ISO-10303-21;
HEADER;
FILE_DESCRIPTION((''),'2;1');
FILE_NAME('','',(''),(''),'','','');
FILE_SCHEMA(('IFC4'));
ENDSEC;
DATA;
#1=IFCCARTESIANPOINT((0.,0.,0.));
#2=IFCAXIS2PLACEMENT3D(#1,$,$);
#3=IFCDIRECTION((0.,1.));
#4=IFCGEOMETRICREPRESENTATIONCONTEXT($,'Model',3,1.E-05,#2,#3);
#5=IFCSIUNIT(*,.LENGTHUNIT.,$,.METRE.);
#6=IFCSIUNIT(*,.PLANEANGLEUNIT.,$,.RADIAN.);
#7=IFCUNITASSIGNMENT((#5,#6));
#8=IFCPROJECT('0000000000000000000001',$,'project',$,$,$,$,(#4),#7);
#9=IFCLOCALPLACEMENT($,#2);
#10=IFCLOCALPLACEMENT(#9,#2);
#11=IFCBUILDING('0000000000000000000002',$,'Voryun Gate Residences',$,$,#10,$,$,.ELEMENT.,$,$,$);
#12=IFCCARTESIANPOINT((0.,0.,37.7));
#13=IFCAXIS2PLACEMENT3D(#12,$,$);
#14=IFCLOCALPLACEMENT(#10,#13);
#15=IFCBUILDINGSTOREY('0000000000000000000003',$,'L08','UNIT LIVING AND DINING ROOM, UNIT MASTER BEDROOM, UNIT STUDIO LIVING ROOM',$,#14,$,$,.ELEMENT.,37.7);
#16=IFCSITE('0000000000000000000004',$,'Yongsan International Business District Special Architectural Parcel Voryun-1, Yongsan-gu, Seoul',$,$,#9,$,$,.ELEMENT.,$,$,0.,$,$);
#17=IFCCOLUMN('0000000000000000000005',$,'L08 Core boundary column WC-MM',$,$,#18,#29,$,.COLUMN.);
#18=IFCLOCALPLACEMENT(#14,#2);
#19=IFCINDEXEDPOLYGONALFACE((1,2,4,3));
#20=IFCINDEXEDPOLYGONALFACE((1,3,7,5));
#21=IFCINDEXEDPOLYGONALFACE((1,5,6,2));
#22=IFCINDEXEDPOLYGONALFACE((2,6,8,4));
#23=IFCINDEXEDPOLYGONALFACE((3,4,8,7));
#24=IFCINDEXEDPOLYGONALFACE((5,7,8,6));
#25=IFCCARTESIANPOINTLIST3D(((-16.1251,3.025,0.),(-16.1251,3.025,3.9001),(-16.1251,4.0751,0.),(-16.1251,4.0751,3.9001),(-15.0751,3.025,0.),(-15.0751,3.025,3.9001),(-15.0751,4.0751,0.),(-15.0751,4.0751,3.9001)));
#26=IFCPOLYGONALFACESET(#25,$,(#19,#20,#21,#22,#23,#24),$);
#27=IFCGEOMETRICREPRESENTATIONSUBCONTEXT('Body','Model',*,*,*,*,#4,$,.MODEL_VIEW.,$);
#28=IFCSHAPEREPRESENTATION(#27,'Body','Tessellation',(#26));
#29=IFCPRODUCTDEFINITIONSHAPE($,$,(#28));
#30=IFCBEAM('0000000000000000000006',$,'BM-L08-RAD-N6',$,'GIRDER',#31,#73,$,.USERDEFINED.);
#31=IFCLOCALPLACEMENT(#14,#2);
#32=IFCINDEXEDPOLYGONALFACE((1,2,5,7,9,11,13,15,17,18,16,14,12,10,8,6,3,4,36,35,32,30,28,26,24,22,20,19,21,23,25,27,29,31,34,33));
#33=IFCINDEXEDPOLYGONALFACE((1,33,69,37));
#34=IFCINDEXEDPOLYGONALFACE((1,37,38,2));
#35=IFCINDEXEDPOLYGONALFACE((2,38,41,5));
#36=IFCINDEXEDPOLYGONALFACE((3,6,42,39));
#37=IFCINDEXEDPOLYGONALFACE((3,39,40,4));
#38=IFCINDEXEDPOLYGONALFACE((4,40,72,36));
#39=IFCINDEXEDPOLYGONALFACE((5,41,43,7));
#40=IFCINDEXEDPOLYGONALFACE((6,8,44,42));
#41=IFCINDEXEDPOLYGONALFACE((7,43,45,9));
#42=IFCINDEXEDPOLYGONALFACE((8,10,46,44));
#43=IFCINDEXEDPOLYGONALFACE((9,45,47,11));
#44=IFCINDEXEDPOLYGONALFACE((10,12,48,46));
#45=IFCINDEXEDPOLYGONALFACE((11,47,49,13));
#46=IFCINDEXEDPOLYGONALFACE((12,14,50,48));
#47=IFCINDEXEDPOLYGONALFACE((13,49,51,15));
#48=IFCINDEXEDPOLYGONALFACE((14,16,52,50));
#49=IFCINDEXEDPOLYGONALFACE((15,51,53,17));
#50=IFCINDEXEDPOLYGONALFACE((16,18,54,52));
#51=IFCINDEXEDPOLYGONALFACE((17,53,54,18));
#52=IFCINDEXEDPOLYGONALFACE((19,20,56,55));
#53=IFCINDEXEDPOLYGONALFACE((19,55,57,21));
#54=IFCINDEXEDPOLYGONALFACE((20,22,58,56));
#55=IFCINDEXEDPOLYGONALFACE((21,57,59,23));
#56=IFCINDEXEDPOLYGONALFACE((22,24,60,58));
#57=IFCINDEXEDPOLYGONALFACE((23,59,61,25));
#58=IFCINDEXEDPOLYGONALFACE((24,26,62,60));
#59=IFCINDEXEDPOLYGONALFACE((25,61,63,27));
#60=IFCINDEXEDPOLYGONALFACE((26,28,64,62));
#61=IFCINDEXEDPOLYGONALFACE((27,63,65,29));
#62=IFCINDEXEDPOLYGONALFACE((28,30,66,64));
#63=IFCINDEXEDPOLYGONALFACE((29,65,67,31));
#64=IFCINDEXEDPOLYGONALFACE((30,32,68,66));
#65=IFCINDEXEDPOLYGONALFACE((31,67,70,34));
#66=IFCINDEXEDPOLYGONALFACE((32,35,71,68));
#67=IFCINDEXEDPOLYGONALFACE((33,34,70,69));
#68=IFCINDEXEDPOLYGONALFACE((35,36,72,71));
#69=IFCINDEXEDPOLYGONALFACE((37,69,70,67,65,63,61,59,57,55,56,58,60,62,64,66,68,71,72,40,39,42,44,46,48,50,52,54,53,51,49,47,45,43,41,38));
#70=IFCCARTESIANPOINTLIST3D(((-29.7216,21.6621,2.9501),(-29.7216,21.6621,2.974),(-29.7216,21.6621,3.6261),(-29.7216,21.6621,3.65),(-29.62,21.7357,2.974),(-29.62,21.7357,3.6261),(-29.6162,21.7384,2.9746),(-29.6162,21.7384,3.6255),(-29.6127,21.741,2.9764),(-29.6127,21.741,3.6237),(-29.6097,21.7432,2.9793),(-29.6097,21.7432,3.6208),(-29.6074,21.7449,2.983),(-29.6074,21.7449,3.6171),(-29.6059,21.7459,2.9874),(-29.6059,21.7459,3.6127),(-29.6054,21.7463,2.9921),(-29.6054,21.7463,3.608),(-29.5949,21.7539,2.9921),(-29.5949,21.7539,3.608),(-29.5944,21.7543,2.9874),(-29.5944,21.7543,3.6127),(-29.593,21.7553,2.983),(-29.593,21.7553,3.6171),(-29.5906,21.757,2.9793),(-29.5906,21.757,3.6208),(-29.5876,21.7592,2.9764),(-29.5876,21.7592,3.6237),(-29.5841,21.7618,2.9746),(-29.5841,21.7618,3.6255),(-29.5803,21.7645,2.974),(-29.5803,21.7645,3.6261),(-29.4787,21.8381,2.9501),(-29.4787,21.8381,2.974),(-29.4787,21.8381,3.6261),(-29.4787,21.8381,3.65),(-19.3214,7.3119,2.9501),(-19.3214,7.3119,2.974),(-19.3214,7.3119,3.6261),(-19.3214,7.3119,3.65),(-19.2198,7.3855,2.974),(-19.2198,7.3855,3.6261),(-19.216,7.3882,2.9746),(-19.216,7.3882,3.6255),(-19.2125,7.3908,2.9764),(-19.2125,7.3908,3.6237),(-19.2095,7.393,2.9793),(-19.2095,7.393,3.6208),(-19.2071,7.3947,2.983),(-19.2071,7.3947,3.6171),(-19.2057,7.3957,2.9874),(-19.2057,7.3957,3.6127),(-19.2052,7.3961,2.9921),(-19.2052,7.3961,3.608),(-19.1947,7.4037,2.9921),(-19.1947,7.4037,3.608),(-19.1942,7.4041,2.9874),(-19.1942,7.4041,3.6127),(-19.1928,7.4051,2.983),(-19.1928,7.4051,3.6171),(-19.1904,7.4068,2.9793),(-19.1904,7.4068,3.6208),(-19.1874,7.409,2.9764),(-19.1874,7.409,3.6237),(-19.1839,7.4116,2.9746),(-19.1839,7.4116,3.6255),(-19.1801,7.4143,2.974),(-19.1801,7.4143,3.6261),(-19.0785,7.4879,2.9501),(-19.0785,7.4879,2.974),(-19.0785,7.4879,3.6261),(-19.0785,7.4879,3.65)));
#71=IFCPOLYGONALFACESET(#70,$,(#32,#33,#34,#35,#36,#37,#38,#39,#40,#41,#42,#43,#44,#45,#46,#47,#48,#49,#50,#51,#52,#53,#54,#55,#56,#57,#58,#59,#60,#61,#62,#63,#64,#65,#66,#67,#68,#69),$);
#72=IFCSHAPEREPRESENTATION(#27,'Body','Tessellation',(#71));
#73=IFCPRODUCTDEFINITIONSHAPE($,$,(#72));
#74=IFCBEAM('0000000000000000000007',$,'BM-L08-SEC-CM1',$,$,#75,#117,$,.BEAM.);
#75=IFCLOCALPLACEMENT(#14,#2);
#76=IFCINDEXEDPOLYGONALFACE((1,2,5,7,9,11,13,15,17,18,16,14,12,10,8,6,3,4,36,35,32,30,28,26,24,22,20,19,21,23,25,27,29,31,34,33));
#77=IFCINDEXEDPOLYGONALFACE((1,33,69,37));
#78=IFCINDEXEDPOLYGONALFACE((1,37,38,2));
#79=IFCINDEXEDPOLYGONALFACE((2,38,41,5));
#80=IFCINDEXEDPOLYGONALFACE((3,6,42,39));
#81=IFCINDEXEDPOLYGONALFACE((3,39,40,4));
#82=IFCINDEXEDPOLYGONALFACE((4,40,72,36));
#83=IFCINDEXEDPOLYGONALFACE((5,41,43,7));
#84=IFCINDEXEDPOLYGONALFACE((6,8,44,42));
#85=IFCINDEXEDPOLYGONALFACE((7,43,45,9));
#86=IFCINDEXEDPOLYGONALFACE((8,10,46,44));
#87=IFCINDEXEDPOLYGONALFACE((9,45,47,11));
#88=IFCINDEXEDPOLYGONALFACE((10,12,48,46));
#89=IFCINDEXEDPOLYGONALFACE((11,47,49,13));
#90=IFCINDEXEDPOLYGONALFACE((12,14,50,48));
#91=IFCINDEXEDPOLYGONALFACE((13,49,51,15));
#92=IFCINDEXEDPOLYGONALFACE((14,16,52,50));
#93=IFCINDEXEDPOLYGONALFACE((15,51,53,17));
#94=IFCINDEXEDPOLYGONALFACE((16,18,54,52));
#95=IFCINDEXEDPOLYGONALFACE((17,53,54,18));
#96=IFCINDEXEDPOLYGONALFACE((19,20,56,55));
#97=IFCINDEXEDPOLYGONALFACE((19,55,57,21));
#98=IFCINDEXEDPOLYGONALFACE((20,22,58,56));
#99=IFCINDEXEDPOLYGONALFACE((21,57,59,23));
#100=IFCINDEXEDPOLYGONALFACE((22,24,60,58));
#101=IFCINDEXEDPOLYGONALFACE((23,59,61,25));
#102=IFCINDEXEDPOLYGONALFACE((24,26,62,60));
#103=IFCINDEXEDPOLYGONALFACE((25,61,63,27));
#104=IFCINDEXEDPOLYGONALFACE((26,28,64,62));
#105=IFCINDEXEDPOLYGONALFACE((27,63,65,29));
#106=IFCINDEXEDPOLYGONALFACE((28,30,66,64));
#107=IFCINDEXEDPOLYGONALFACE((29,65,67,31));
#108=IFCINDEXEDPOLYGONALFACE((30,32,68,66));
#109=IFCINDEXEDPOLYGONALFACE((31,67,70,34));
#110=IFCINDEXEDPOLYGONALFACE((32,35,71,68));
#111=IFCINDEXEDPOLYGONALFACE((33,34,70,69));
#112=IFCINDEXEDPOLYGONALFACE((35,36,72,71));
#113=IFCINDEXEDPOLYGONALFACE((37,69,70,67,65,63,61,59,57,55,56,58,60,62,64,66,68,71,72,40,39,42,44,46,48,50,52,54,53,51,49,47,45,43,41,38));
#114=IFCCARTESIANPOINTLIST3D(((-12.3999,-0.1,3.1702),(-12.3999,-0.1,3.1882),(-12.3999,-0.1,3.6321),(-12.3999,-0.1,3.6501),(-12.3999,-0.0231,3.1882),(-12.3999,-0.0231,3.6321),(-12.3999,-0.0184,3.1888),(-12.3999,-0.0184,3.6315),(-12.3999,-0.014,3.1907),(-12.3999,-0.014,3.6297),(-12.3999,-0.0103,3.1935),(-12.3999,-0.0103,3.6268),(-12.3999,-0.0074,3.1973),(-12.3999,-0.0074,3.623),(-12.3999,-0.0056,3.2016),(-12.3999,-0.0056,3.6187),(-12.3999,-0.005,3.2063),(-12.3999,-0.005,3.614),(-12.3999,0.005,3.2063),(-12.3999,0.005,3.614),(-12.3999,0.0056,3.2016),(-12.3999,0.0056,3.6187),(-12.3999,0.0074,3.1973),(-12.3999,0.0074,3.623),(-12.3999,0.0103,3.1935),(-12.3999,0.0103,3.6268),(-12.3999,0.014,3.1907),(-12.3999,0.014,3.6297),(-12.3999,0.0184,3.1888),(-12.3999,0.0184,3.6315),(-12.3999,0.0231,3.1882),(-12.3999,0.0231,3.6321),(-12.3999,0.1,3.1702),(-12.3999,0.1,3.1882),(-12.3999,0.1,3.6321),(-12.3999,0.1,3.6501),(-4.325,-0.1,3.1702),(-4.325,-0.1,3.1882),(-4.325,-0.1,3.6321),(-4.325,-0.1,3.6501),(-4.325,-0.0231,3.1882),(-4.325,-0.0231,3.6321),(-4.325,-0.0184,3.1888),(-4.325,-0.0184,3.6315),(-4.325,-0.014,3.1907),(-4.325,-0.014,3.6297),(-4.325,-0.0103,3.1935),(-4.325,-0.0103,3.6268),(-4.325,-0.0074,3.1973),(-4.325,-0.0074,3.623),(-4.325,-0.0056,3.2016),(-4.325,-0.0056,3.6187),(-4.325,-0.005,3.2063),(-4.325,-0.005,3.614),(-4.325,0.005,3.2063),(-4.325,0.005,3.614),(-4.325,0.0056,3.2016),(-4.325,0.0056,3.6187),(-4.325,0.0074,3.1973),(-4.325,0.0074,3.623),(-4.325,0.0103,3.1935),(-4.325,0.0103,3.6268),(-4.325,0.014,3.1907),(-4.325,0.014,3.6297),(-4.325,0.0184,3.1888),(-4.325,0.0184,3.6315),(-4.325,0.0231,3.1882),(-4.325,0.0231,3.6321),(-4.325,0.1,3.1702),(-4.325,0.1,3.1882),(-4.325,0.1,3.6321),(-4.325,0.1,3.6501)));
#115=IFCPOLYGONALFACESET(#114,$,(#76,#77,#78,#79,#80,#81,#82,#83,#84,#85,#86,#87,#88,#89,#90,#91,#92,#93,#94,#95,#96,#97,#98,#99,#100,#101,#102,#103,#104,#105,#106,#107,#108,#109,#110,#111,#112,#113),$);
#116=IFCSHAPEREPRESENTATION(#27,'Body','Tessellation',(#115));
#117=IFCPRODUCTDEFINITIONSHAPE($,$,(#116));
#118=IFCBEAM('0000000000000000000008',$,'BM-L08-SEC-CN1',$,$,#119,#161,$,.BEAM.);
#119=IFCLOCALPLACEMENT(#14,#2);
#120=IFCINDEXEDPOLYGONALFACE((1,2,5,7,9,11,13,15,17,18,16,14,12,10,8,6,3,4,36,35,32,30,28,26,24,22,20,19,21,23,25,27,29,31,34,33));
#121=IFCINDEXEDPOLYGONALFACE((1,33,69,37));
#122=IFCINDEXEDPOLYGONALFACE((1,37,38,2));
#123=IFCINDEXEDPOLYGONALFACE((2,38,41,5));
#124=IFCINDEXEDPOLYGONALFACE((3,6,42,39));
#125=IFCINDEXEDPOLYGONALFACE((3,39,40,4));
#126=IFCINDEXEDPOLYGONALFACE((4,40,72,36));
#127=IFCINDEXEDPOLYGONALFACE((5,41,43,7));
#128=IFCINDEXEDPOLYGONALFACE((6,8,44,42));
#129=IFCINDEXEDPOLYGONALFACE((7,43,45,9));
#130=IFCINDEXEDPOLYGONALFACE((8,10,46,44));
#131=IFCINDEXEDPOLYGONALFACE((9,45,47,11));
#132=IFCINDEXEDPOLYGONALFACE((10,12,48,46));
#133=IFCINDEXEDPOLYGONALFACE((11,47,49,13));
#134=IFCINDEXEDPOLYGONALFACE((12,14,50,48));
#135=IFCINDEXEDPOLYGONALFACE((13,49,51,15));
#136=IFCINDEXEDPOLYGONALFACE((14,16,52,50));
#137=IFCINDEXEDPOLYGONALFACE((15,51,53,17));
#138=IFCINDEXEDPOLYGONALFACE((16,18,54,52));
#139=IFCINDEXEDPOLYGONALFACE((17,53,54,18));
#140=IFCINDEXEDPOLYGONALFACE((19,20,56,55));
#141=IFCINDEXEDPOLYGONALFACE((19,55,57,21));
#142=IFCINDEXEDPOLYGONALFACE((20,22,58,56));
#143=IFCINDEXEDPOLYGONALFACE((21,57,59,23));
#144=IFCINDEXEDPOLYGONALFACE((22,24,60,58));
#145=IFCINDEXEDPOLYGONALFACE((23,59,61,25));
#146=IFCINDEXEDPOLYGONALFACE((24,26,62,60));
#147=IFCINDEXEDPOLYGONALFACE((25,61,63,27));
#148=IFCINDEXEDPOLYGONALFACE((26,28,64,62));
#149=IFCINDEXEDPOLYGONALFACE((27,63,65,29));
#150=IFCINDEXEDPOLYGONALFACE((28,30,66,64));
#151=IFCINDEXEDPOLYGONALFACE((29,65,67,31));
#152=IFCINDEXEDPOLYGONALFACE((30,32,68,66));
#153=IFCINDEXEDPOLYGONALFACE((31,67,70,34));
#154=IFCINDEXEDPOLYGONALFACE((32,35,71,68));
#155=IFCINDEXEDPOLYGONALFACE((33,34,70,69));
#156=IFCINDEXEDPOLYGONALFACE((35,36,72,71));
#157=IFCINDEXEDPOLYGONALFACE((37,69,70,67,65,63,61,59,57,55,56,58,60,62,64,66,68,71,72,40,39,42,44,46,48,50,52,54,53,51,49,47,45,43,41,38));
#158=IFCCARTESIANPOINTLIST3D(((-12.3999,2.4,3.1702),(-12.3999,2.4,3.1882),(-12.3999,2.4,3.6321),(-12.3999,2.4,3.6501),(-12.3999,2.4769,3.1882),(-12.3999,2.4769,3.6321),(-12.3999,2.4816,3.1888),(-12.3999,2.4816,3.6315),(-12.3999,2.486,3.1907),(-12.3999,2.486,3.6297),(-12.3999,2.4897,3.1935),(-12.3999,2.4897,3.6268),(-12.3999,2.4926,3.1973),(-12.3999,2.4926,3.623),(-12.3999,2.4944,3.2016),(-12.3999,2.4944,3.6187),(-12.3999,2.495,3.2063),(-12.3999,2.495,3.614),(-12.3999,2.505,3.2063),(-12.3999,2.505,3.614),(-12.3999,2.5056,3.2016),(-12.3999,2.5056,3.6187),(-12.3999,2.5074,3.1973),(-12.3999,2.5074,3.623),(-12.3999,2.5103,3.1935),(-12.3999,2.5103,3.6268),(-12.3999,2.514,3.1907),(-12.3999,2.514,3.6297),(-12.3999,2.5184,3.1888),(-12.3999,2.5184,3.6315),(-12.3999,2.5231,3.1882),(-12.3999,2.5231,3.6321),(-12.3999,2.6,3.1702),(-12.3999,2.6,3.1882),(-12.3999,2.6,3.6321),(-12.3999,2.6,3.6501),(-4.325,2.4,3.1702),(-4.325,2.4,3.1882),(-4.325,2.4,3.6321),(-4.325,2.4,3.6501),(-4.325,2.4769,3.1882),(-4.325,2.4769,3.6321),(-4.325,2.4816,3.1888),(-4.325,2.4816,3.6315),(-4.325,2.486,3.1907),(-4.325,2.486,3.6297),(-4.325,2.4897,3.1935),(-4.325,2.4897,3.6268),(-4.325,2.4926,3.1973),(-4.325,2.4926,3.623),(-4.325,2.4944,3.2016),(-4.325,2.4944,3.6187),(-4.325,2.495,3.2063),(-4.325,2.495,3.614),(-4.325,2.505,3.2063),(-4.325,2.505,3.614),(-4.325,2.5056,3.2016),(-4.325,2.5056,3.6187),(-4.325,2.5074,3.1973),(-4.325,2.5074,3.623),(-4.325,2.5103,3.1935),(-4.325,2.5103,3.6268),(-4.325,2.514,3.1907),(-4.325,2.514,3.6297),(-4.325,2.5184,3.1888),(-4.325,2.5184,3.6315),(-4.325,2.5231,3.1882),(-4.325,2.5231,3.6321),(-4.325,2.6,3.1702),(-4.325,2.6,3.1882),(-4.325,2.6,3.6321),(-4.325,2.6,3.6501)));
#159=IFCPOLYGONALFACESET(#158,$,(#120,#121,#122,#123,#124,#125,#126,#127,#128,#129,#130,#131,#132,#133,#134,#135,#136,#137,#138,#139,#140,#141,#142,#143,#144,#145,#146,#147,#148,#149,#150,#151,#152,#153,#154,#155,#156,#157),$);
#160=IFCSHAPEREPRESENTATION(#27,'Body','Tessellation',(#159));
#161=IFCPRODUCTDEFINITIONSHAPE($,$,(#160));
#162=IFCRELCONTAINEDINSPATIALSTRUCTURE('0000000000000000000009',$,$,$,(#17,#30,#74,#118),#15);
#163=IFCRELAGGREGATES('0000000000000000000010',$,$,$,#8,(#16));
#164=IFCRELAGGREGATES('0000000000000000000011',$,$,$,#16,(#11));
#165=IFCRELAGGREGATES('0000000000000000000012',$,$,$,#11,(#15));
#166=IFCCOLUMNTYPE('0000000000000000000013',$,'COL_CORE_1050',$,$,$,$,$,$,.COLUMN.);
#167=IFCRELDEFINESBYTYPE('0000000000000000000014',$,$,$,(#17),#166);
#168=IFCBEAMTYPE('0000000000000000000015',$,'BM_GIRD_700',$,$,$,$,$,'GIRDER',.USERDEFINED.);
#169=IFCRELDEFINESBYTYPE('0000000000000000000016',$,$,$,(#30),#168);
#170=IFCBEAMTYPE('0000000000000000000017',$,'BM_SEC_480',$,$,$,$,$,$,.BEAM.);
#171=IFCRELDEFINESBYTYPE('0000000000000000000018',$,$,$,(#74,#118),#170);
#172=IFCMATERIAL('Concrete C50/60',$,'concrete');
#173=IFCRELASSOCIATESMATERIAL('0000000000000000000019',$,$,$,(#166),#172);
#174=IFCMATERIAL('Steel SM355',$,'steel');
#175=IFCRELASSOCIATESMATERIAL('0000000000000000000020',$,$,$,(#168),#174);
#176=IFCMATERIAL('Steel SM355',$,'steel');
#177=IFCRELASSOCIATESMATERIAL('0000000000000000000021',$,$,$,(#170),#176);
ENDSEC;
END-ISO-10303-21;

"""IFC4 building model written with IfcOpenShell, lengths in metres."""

from ifc_helpers import new_model, si_unit, direction, frame, origin, origin_2d, place, context, subcontext, project, spatial, rectangle, i_section, extrude, material, material_profile, profile_set, type_object, element, save


model = new_model("IFC4")

# Units and contexts
model_context = context("Model", 3, precision=1e-05, world=origin(), true_north=direction((0.0, 1.0)))
body_context = subcontext(model_context, "Body", "Model", "MODEL_VIEW")
ifc_project = project(units=[si_unit("LENGTHUNIT", "METRE"), si_unit("PLANEANGLEUNIT", "RADIAN")], contexts=[model_context])

# Site, building, storey
site_placement = place(None, origin())
site = spatial("IfcSite", under=ifc_project, at=site_placement, Name="Yongsan International Business District Special Architectural Parcel Voryun-1, Yongsan-gu, Seoul", CompositionType="ELEMENT", RefElevation=0.0)
building_placement = place(site_placement, origin())
building = spatial("IfcBuilding", under=site, at=building_placement, Name="Voryun Gate Residences", CompositionType="ELEMENT")
storey_placement = place(building_placement, frame((0.0, 0.0, 37.7)))
storey = spatial("IfcBuildingStorey", under=building, at=storey_placement, Name="L08", Description="UNIT LIVING AND DINING ROOM, UNIT MASTER BEDROOM, UNIT STUDIO LIVING ROOM", CompositionType="ELEMENT", Elevation=37.7)

# Column
ifc_material_1 = material(Name="Concrete C50/60", Category="concrete")
ifc_material_profile_1 = material_profile(ifc_material_1, rectangle(XDim=1.05, YDim=1.05, at=origin_2d()), Name="RC-1050x1050")
ifc_profile_set_1 = profile_set([ifc_material_profile_1], Name="Concrete C50/60")
column_type = type_object("IfcColumnType", Name="COL_CORE_1050", PredefinedType="COLUMN", material=ifc_profile_set_1)
column_placement = place(storey_placement, frame((-15.6001, 3.55, 0.0), z_axis=(0.0, 0.0, 1.0), x_axis=(1.0, 0.0, 0.0)))
element("IfcColumn", 1, at=column_placement, inside=storey, type_object=column_type, Name="L08 Core boundary column WC-MM", PredefinedType="COLUMN", context=body_context, shape_type="SweptSolid", body=[
    extrude(rectangle(XDim=1.05, YDim=1.05, at=origin_2d()), origin(), (0.0, 0.0, 1.0), 3.9001),
])

# Beams
ifc_material_2 = material(Name="Steel SM355", Category="steel")
ifc_material_profile_2 = material_profile(ifc_material_2, i_section(OverallWidth=0.3, OverallDepth=0.7, WebThickness=0.0129, FlangeThickness=0.0239, FilletRadius=0.0181, at=origin_2d()), Name="H-700x300x13x24")
ifc_profile_set_2 = profile_set([ifc_material_profile_2], Name="Steel SM355")
beam_type_1 = type_object("IfcBeamType", Name="BM_GIRD_700", ElementType="GIRDER", PredefinedType="USERDEFINED", material=ifc_profile_set_2)
beam_placement = place(storey_placement, frame((-19.2, 7.3999, 3.3), z_axis=(-0.586832, 0.809709, 0.0), x_axis=(-0.809709, -0.586832, 0.0)))
element("IfcBeam", 2, at=beam_placement, inside=storey, type_object=beam_type_1, Name="BM-L08-RAD-N6", ObjectType="GIRDER", PredefinedType="USERDEFINED", context=body_context, shape_type="SweptSolid", body=[
    extrude(i_section(OverallWidth=0.3, OverallDepth=0.7, WebThickness=0.0129, FlangeThickness=0.0239, FilletRadius=0.0181, at=origin_2d()), origin(), (0.0, 0.0, 1.0), 17.7227),
])
ifc_material_3 = material(Name="Steel SM355", Category="steel")
ifc_material_profile_3 = material_profile(ifc_material_3, i_section(OverallWidth=0.2, OverallDepth=0.48, WebThickness=0.01, FlangeThickness=0.0181, FilletRadius=0.0181, at=origin_2d()), Name="H-480x200x10x18")
ifc_profile_set_3 = profile_set([ifc_material_profile_3], Name="Steel SM355")
beam_type_2 = type_object("IfcBeamType", Name="BM_SEC_480", PredefinedType="BEAM", material=ifc_profile_set_3)
for number, where, z_axis, x_axis, name in (
    (3, (-12.3999, 0.0, 3.4102), (1.0, 0.0, 0.0), (0.0, 1.0, 0.0), "BM-L08-SEC-CM1"),
    (4, (-12.3999, 2.5, 3.4102), (1.0, 0.0, 0.0), (0.0, 1.0, 0.0), "BM-L08-SEC-CN1"),
):
    element("IfcBeam", number, at=place(storey_placement, frame(where, z_axis=z_axis, x_axis=x_axis)), inside=storey, type_object=beam_type_2, Name=name, PredefinedType="BEAM", context=body_context, shape_type="SweptSolid", body=[
        extrude(i_section(OverallWidth=0.2, OverallDepth=0.48, WebThickness=0.01, FlangeThickness=0.0181, FilletRadius=0.0181, at=origin_2d()), origin(), (0.0, 0.0, 1.0), 8.075),
    ])

save(model, "model.ifc")
